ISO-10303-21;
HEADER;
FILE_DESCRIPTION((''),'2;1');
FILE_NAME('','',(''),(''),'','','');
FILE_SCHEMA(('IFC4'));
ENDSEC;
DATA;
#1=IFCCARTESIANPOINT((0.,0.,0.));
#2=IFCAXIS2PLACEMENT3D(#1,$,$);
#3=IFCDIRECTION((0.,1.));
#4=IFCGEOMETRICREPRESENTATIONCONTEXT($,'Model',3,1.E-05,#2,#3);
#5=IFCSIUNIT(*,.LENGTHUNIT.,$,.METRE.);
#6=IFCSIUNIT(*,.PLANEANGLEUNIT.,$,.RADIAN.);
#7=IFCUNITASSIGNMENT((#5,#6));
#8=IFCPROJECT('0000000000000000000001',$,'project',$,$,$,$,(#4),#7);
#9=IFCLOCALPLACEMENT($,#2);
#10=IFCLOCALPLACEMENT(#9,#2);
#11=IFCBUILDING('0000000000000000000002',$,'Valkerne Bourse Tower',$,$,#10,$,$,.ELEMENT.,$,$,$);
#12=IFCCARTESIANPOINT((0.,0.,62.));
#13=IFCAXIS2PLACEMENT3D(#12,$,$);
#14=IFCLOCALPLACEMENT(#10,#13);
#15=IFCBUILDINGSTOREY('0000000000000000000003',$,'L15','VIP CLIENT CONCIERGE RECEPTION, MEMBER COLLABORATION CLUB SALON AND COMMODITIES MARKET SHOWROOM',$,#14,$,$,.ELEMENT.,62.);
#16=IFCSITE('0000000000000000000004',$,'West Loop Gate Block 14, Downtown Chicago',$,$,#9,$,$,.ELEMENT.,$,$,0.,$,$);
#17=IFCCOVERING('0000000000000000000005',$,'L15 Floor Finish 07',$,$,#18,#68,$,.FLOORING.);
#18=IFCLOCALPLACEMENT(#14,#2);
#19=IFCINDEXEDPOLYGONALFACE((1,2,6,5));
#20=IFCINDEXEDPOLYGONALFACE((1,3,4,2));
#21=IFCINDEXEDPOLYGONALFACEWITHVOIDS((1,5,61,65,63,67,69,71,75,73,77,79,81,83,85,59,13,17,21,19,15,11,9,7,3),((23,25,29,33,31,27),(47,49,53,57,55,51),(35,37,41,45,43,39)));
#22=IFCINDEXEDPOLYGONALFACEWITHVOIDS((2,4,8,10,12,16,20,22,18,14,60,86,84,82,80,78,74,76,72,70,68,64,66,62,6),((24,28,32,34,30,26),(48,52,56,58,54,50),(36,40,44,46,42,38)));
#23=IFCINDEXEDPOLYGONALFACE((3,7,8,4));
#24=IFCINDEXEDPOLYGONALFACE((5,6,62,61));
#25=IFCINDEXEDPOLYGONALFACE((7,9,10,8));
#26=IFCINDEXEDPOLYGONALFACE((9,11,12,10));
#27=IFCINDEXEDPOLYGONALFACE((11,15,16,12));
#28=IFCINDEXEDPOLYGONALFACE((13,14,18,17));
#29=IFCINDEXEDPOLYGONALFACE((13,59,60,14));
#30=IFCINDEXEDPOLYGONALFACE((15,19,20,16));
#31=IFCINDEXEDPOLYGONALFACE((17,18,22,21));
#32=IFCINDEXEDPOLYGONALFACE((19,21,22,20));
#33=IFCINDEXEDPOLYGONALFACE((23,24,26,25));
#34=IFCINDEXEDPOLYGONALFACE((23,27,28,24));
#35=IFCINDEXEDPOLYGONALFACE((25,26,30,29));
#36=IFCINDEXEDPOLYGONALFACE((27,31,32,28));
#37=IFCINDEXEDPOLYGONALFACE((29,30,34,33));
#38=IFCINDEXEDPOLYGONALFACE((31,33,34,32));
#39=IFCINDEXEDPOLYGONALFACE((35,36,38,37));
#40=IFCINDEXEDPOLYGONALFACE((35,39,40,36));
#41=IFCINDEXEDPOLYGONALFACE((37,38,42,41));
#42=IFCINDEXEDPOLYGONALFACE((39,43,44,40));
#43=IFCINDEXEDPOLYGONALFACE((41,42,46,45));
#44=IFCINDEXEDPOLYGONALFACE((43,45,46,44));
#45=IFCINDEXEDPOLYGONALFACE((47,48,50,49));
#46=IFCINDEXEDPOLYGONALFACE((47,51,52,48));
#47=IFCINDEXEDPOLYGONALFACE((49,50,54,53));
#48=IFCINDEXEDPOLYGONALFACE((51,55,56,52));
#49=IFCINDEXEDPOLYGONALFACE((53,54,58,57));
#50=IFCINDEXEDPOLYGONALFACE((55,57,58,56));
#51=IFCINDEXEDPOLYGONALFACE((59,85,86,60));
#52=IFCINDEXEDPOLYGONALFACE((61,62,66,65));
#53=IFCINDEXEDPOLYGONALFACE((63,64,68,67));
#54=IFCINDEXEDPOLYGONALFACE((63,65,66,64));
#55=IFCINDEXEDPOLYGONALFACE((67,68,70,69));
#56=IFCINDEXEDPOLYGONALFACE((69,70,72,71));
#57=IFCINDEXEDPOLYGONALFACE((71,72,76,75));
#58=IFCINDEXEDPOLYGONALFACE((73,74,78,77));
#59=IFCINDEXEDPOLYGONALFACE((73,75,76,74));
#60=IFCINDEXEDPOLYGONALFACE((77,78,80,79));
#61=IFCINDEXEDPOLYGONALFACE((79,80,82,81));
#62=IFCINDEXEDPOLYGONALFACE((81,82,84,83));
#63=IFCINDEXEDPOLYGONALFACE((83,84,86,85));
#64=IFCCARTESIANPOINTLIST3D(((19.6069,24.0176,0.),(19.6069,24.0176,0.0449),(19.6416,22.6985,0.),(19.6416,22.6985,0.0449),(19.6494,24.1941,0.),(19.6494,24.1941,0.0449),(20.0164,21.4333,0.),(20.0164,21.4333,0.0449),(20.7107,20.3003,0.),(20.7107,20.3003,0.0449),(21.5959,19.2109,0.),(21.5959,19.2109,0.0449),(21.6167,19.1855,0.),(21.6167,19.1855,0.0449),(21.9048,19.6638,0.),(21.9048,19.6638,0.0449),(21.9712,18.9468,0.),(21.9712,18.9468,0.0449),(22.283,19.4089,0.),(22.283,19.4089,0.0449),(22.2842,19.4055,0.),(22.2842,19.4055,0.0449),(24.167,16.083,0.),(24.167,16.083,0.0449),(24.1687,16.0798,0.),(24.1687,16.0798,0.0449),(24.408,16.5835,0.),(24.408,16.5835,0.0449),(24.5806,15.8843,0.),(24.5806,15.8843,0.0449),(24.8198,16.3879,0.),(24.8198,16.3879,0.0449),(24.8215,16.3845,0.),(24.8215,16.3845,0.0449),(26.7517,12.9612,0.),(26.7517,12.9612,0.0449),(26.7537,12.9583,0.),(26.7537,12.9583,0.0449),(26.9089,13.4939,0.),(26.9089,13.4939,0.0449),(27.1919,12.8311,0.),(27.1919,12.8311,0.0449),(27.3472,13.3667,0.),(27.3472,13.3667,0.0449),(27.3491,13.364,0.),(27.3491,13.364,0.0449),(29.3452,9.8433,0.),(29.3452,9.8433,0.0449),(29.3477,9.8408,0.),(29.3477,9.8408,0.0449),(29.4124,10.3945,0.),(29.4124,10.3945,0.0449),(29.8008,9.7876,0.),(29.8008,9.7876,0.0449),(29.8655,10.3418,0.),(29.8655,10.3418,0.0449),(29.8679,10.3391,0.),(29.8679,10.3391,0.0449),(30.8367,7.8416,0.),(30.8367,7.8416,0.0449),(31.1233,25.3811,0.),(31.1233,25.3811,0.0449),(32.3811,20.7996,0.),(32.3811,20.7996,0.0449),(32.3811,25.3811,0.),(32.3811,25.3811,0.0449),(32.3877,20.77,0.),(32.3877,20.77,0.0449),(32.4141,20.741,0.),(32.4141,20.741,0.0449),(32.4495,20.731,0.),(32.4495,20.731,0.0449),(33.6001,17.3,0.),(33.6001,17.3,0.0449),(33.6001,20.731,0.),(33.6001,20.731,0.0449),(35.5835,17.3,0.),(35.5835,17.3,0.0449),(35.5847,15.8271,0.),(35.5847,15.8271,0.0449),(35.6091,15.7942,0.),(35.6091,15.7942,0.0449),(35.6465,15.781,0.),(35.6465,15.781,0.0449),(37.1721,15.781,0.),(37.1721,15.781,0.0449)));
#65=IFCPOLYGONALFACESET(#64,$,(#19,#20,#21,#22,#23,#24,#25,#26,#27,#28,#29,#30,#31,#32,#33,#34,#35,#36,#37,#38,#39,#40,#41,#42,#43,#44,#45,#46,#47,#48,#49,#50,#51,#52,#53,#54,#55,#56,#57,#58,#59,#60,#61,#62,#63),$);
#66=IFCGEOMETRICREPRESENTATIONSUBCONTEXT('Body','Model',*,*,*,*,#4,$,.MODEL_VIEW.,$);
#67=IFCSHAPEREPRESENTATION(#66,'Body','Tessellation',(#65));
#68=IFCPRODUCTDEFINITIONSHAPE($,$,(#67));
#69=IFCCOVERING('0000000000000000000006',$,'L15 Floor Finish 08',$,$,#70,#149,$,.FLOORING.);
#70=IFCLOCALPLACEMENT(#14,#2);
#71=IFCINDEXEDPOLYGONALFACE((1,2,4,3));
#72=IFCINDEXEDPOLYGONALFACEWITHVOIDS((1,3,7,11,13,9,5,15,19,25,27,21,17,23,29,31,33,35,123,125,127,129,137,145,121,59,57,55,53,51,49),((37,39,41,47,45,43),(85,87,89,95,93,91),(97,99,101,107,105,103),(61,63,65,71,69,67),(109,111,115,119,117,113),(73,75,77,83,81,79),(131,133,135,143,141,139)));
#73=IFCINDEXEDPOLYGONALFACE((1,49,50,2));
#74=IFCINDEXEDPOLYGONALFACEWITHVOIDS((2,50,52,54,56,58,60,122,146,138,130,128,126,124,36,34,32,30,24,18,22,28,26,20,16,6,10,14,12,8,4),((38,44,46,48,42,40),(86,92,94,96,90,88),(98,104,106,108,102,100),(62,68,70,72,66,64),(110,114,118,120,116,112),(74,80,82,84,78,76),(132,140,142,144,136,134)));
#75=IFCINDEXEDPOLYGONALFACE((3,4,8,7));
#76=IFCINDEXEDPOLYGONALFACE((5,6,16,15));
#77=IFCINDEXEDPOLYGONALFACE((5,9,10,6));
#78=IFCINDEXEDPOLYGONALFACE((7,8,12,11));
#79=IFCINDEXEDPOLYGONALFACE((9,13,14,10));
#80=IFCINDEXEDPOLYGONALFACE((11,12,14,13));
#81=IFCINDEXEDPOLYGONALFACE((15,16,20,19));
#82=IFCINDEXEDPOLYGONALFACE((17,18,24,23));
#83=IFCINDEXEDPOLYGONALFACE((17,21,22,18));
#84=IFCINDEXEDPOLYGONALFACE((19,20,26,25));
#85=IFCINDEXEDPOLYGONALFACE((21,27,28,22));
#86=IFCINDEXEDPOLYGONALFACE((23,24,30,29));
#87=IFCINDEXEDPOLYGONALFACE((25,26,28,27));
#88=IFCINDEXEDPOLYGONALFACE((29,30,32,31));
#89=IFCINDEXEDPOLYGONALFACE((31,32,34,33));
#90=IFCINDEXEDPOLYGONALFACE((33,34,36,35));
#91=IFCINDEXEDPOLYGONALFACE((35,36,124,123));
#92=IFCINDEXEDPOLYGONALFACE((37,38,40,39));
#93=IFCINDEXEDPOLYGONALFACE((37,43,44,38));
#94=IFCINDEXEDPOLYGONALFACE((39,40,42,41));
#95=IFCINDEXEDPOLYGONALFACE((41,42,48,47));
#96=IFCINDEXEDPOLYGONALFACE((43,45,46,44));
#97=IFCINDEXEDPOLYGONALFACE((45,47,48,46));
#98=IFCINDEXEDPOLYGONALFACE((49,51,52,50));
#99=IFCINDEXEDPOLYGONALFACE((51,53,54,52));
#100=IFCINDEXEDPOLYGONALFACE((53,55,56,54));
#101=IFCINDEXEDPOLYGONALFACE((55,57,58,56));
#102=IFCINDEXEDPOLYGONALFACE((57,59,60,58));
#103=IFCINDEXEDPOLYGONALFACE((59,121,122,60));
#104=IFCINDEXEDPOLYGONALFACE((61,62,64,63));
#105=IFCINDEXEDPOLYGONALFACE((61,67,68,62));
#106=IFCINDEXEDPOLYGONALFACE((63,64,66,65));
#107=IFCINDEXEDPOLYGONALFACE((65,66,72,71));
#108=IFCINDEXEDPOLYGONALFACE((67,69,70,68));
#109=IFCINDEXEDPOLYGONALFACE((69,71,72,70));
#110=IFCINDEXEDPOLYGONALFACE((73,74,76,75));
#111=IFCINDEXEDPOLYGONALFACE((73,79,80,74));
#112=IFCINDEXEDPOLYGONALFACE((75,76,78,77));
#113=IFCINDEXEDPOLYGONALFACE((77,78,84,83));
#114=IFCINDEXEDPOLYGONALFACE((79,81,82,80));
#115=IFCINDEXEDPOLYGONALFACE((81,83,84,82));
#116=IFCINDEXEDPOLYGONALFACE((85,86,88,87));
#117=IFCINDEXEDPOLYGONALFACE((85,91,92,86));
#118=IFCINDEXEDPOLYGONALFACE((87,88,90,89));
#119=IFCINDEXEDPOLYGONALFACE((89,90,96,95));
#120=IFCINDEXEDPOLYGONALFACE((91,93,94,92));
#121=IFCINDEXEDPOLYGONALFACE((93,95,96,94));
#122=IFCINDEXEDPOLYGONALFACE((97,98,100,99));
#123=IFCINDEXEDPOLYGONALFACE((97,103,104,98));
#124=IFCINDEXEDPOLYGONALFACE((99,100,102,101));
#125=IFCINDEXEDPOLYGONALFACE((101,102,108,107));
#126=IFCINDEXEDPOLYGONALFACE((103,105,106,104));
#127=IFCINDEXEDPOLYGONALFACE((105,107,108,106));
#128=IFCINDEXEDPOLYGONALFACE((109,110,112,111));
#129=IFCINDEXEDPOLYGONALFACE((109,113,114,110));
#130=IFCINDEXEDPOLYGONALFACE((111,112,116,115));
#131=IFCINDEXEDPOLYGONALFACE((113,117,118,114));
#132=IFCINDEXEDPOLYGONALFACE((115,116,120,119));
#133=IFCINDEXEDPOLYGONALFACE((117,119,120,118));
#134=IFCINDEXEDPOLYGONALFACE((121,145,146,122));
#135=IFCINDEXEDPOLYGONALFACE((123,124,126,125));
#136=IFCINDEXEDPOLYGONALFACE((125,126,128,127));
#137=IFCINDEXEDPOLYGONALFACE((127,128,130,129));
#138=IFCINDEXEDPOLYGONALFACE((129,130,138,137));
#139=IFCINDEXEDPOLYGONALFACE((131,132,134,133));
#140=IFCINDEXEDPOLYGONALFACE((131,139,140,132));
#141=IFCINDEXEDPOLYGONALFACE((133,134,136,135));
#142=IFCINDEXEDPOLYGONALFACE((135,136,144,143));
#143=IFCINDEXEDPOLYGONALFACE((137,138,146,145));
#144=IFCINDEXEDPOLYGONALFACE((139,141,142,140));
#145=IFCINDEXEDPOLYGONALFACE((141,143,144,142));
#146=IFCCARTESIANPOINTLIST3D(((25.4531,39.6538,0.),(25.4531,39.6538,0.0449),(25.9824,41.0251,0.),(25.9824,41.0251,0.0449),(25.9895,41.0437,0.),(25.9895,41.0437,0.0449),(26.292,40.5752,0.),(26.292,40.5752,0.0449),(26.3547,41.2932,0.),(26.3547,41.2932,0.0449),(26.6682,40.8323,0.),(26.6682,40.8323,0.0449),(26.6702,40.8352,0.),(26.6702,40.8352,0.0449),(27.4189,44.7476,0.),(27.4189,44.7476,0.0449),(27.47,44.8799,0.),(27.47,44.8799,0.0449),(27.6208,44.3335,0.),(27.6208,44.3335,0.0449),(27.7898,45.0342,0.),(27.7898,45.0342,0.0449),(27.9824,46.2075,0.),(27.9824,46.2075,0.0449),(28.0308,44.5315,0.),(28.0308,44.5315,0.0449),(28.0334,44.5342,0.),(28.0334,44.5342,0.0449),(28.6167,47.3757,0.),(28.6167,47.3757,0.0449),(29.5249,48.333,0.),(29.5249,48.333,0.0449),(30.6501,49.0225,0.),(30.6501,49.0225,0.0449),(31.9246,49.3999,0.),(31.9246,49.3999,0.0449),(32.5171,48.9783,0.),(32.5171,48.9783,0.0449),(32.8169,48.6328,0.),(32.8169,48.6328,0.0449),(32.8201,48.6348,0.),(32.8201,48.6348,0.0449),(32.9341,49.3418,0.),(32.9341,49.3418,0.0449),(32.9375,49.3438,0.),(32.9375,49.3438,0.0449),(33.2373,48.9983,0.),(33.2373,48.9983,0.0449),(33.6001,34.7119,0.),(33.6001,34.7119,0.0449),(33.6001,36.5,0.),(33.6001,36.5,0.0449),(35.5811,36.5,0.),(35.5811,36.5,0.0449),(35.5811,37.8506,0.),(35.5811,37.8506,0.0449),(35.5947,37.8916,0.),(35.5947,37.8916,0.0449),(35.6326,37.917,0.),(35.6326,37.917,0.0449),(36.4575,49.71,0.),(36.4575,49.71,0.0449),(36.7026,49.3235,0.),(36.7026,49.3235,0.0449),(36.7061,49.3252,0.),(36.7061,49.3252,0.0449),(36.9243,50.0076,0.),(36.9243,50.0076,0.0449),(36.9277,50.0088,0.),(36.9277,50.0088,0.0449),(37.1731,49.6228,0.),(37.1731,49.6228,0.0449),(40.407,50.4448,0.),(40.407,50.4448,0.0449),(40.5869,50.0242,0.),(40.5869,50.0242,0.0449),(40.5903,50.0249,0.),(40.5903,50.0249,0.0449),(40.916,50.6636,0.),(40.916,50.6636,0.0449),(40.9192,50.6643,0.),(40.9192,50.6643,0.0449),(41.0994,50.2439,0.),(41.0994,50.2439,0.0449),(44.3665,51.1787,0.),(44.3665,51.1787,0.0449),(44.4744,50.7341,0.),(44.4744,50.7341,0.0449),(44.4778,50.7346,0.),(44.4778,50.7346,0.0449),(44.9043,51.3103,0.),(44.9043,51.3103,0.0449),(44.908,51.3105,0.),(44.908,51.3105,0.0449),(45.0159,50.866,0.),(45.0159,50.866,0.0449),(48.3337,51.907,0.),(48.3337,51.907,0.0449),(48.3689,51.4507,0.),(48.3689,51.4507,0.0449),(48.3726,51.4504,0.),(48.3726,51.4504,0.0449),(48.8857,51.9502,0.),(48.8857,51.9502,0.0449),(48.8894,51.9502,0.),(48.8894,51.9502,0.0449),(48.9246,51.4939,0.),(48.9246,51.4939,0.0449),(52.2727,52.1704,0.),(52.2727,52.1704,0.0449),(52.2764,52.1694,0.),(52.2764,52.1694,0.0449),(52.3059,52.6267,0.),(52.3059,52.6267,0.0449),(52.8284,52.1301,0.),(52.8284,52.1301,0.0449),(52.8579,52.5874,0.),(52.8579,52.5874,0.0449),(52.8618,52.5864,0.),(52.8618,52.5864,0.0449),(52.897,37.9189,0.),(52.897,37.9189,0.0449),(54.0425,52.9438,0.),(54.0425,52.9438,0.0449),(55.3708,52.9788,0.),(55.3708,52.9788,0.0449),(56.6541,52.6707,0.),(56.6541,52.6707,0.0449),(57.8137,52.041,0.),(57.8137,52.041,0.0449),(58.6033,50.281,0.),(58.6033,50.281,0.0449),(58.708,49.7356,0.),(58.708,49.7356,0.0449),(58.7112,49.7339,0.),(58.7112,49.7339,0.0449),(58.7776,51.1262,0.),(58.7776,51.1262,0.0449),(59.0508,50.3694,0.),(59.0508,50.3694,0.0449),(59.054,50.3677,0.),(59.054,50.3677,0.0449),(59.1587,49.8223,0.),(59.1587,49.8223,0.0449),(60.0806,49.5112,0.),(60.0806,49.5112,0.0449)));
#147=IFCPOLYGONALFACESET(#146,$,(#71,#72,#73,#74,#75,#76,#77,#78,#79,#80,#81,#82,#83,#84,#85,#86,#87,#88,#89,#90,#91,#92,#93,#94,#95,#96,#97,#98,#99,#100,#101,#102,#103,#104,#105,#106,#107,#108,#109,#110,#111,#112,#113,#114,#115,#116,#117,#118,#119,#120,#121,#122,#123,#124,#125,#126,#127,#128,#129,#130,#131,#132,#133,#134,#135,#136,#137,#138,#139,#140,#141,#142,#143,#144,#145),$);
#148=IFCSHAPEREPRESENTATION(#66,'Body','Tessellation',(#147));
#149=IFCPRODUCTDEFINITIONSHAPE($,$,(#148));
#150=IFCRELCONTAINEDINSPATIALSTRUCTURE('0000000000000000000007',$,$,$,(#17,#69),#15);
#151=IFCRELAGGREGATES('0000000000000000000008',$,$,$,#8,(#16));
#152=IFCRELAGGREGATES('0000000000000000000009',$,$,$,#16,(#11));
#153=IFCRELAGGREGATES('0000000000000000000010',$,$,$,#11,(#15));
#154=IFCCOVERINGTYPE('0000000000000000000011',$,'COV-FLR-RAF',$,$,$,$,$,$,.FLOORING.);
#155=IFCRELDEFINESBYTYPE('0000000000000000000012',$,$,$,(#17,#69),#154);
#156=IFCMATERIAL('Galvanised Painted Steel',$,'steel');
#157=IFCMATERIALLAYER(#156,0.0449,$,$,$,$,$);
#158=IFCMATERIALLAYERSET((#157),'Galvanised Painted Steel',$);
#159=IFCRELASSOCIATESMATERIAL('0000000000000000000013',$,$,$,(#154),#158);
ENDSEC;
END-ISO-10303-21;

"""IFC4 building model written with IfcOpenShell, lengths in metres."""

from ifc_helpers import new_model, si_unit, direction, frame, origin, place, context, subcontext, project, spatial, polyline, outline, extrude, material, layer, layer_set, type_object, element, save


model = new_model("IFC4")

# Units and contexts
model_context = context("Model", 3, precision=1e-05, world=origin(), true_north=direction((0.0, 1.0)))
body_context = subcontext(model_context, "Body", "Model", "MODEL_VIEW")
ifc_project = project(units=[si_unit("LENGTHUNIT", "METRE"), si_unit("PLANEANGLEUNIT", "RADIAN")], contexts=[model_context])

# Site, building, storey
site_placement = place(None, origin())
site = spatial("IfcSite", under=ifc_project, at=site_placement, Name="West Loop Gate Block 14, Downtown Chicago", CompositionType="ELEMENT", RefElevation=0.0)
building_placement = place(site_placement, origin())
building = spatial("IfcBuilding", under=site, at=building_placement, Name="Valkerne Bourse Tower", CompositionType="ELEMENT")
storey_placement = place(building_placement, frame((0.0, 0.0, 62.0)))
storey = spatial("IfcBuildingStorey", under=building, at=storey_placement, Name="L15", Description="VIP CLIENT CONCIERGE RECEPTION, MEMBER COLLABORATION CLUB SALON AND COMMODITIES MARKET SHOWROOM", CompositionType="ELEMENT", Elevation=62.0)

# Coverings
ifc_material_1 = material(Name="Galvanised Painted Steel", Category="steel")
ifc_layer_1 = layer(ifc_material_1, 0.0449)
ifc_layer_set_1 = layer_set([ifc_layer_1], Name="Galvanised Painted Steel")
covering_type_1 = type_object("IfcCoveringType", Name="COV-FLR-RAF", PredefinedType="FLOORING", material=ifc_layer_set_1)
covering_1_placement = place(storey_placement, origin())
element("IfcCovering", 1, at=covering_1_placement, inside=storey, type_object=covering_type_1, Name="L15 Floor Finish 07", PredefinedType="FLOORING", context=body_context, shape_type="SweptSolid", body=[
    extrude(outline(polyline([(19.6416, 22.6985), (19.6069, 24.0176), (19.6494, 24.1941), (31.1233, 25.3811), (32.3811, 25.3811), (32.3811, 20.7996), (32.3877, 20.77), (32.4141, 20.741), (32.4495, 20.731), (33.6001, 20.731), (33.6001, 17.3), (35.5835, 17.3), (35.5847, 15.8271), (35.6091, 15.7942), (35.6465, 15.781), (37.1721, 15.781), (30.8367, 7.8416), (21.6167, 19.1855), (21.9712, 18.9468), (22.2842, 19.4055), (22.283, 19.4089), (21.9048, 19.6638), (21.5959, 19.2109), (20.7107, 20.3003), (20.0164, 21.4333), (19.6416, 22.6985)]), holes=[polyline([(29.8679, 10.3391), (29.8655, 10.3418), (29.4124, 10.3945), (29.3452, 9.8433), (29.3477, 9.8408), (29.8008, 9.7876), (29.8679, 10.3391)]), polyline([(27.3491, 13.364), (27.3472, 13.3667), (26.9089, 13.4939), (26.7517, 12.9612), (26.7537, 12.9583), (27.1919, 12.8311), (27.3491, 13.364)]), polyline([(24.8198, 16.3879), (24.408, 16.5835), (24.167, 16.083), (24.1687, 16.0798), (24.5806, 15.8843), (24.8215, 16.3845), (24.8198, 16.3879)])]), origin(), (0.0, 0.0, 1.0), 0.0449),
])
covering_2_placement = place(storey_placement, origin())
element("IfcCovering", 2, at=covering_2_placement, inside=storey, type_object=covering_type_1, Name="L15 Floor Finish 08", PredefinedType="FLOORING", context=body_context, shape_type="SweptSolid", body=[
    extrude(outline(polyline([(29.5249, 48.333), (30.6501, 49.0225), (31.9246, 49.3999), (54.0425, 52.9438), (55.3708, 52.9788), (56.6541, 52.6707), (57.8137, 52.041), (58.7776, 51.1262), (60.0806, 49.5112), (52.897, 37.9189), (35.6326, 37.917), (35.5947, 37.8916), (35.5811, 37.8506), (35.5811, 36.5), (33.6001, 36.5), (33.6001, 34.7119), (25.4531, 39.6538), (25.9824, 41.0251), (26.292, 40.5752), (26.6682, 40.8323), (26.6702, 40.8352), (26.3547, 41.2932), (25.9895, 41.0437), (27.4189, 44.7476), (27.6208, 44.3335), (28.0308, 44.5315), (28.0334, 44.5342), (27.7898, 45.0342), (27.47, 44.8799), (27.9824, 46.2075), (28.6167, 47.3757), (29.5249, 48.333)]), holes=[polyline([(32.8201, 48.6348), (33.2373, 48.9983), (32.9375, 49.3438), (32.9341, 49.3418), (32.5171, 48.9783), (32.8169, 48.6328), (32.8201, 48.6348)]), polyline([(36.7061, 49.3252), (37.1731, 49.6228), (36.9277, 50.0088), (36.9243, 50.0076), (36.4575, 49.71), (36.7026, 49.3235), (36.7061, 49.3252)]), polyline([(40.5903, 50.0249), (41.0994, 50.2439), (40.9192, 50.6643), (40.916, 50.6636), (40.407, 50.4448), (40.5869, 50.0242), (40.5903, 50.0249)]), polyline([(45.0159, 50.866), (44.908, 51.3105), (44.9043, 51.3103), (44.3665, 51.1787), (44.4744, 50.7341), (44.4778, 50.7346), (45.0159, 50.866)]), polyline([(48.9246, 51.4939), (48.8894, 51.9502), (48.8857, 51.9502), (48.3337, 51.907), (48.3689, 51.4507), (48.3726, 51.4504), (48.9246, 51.4939)]), polyline([(52.8618, 52.5864), (52.8579, 52.5874), (52.3059, 52.6267), (52.2727, 52.1704), (52.2764, 52.1694), (52.8284, 52.1301), (52.8618, 52.5864)]), polyline([(59.1587, 49.8223), (59.054, 50.3677), (59.0508, 50.3694), (58.6033, 50.281), (58.708, 49.7356), (58.7112, 49.7339), (59.1587, 49.8223)])]), origin(), (0.0, 0.0, 1.0), 0.0449),
])

save(model, "model.ifc")
